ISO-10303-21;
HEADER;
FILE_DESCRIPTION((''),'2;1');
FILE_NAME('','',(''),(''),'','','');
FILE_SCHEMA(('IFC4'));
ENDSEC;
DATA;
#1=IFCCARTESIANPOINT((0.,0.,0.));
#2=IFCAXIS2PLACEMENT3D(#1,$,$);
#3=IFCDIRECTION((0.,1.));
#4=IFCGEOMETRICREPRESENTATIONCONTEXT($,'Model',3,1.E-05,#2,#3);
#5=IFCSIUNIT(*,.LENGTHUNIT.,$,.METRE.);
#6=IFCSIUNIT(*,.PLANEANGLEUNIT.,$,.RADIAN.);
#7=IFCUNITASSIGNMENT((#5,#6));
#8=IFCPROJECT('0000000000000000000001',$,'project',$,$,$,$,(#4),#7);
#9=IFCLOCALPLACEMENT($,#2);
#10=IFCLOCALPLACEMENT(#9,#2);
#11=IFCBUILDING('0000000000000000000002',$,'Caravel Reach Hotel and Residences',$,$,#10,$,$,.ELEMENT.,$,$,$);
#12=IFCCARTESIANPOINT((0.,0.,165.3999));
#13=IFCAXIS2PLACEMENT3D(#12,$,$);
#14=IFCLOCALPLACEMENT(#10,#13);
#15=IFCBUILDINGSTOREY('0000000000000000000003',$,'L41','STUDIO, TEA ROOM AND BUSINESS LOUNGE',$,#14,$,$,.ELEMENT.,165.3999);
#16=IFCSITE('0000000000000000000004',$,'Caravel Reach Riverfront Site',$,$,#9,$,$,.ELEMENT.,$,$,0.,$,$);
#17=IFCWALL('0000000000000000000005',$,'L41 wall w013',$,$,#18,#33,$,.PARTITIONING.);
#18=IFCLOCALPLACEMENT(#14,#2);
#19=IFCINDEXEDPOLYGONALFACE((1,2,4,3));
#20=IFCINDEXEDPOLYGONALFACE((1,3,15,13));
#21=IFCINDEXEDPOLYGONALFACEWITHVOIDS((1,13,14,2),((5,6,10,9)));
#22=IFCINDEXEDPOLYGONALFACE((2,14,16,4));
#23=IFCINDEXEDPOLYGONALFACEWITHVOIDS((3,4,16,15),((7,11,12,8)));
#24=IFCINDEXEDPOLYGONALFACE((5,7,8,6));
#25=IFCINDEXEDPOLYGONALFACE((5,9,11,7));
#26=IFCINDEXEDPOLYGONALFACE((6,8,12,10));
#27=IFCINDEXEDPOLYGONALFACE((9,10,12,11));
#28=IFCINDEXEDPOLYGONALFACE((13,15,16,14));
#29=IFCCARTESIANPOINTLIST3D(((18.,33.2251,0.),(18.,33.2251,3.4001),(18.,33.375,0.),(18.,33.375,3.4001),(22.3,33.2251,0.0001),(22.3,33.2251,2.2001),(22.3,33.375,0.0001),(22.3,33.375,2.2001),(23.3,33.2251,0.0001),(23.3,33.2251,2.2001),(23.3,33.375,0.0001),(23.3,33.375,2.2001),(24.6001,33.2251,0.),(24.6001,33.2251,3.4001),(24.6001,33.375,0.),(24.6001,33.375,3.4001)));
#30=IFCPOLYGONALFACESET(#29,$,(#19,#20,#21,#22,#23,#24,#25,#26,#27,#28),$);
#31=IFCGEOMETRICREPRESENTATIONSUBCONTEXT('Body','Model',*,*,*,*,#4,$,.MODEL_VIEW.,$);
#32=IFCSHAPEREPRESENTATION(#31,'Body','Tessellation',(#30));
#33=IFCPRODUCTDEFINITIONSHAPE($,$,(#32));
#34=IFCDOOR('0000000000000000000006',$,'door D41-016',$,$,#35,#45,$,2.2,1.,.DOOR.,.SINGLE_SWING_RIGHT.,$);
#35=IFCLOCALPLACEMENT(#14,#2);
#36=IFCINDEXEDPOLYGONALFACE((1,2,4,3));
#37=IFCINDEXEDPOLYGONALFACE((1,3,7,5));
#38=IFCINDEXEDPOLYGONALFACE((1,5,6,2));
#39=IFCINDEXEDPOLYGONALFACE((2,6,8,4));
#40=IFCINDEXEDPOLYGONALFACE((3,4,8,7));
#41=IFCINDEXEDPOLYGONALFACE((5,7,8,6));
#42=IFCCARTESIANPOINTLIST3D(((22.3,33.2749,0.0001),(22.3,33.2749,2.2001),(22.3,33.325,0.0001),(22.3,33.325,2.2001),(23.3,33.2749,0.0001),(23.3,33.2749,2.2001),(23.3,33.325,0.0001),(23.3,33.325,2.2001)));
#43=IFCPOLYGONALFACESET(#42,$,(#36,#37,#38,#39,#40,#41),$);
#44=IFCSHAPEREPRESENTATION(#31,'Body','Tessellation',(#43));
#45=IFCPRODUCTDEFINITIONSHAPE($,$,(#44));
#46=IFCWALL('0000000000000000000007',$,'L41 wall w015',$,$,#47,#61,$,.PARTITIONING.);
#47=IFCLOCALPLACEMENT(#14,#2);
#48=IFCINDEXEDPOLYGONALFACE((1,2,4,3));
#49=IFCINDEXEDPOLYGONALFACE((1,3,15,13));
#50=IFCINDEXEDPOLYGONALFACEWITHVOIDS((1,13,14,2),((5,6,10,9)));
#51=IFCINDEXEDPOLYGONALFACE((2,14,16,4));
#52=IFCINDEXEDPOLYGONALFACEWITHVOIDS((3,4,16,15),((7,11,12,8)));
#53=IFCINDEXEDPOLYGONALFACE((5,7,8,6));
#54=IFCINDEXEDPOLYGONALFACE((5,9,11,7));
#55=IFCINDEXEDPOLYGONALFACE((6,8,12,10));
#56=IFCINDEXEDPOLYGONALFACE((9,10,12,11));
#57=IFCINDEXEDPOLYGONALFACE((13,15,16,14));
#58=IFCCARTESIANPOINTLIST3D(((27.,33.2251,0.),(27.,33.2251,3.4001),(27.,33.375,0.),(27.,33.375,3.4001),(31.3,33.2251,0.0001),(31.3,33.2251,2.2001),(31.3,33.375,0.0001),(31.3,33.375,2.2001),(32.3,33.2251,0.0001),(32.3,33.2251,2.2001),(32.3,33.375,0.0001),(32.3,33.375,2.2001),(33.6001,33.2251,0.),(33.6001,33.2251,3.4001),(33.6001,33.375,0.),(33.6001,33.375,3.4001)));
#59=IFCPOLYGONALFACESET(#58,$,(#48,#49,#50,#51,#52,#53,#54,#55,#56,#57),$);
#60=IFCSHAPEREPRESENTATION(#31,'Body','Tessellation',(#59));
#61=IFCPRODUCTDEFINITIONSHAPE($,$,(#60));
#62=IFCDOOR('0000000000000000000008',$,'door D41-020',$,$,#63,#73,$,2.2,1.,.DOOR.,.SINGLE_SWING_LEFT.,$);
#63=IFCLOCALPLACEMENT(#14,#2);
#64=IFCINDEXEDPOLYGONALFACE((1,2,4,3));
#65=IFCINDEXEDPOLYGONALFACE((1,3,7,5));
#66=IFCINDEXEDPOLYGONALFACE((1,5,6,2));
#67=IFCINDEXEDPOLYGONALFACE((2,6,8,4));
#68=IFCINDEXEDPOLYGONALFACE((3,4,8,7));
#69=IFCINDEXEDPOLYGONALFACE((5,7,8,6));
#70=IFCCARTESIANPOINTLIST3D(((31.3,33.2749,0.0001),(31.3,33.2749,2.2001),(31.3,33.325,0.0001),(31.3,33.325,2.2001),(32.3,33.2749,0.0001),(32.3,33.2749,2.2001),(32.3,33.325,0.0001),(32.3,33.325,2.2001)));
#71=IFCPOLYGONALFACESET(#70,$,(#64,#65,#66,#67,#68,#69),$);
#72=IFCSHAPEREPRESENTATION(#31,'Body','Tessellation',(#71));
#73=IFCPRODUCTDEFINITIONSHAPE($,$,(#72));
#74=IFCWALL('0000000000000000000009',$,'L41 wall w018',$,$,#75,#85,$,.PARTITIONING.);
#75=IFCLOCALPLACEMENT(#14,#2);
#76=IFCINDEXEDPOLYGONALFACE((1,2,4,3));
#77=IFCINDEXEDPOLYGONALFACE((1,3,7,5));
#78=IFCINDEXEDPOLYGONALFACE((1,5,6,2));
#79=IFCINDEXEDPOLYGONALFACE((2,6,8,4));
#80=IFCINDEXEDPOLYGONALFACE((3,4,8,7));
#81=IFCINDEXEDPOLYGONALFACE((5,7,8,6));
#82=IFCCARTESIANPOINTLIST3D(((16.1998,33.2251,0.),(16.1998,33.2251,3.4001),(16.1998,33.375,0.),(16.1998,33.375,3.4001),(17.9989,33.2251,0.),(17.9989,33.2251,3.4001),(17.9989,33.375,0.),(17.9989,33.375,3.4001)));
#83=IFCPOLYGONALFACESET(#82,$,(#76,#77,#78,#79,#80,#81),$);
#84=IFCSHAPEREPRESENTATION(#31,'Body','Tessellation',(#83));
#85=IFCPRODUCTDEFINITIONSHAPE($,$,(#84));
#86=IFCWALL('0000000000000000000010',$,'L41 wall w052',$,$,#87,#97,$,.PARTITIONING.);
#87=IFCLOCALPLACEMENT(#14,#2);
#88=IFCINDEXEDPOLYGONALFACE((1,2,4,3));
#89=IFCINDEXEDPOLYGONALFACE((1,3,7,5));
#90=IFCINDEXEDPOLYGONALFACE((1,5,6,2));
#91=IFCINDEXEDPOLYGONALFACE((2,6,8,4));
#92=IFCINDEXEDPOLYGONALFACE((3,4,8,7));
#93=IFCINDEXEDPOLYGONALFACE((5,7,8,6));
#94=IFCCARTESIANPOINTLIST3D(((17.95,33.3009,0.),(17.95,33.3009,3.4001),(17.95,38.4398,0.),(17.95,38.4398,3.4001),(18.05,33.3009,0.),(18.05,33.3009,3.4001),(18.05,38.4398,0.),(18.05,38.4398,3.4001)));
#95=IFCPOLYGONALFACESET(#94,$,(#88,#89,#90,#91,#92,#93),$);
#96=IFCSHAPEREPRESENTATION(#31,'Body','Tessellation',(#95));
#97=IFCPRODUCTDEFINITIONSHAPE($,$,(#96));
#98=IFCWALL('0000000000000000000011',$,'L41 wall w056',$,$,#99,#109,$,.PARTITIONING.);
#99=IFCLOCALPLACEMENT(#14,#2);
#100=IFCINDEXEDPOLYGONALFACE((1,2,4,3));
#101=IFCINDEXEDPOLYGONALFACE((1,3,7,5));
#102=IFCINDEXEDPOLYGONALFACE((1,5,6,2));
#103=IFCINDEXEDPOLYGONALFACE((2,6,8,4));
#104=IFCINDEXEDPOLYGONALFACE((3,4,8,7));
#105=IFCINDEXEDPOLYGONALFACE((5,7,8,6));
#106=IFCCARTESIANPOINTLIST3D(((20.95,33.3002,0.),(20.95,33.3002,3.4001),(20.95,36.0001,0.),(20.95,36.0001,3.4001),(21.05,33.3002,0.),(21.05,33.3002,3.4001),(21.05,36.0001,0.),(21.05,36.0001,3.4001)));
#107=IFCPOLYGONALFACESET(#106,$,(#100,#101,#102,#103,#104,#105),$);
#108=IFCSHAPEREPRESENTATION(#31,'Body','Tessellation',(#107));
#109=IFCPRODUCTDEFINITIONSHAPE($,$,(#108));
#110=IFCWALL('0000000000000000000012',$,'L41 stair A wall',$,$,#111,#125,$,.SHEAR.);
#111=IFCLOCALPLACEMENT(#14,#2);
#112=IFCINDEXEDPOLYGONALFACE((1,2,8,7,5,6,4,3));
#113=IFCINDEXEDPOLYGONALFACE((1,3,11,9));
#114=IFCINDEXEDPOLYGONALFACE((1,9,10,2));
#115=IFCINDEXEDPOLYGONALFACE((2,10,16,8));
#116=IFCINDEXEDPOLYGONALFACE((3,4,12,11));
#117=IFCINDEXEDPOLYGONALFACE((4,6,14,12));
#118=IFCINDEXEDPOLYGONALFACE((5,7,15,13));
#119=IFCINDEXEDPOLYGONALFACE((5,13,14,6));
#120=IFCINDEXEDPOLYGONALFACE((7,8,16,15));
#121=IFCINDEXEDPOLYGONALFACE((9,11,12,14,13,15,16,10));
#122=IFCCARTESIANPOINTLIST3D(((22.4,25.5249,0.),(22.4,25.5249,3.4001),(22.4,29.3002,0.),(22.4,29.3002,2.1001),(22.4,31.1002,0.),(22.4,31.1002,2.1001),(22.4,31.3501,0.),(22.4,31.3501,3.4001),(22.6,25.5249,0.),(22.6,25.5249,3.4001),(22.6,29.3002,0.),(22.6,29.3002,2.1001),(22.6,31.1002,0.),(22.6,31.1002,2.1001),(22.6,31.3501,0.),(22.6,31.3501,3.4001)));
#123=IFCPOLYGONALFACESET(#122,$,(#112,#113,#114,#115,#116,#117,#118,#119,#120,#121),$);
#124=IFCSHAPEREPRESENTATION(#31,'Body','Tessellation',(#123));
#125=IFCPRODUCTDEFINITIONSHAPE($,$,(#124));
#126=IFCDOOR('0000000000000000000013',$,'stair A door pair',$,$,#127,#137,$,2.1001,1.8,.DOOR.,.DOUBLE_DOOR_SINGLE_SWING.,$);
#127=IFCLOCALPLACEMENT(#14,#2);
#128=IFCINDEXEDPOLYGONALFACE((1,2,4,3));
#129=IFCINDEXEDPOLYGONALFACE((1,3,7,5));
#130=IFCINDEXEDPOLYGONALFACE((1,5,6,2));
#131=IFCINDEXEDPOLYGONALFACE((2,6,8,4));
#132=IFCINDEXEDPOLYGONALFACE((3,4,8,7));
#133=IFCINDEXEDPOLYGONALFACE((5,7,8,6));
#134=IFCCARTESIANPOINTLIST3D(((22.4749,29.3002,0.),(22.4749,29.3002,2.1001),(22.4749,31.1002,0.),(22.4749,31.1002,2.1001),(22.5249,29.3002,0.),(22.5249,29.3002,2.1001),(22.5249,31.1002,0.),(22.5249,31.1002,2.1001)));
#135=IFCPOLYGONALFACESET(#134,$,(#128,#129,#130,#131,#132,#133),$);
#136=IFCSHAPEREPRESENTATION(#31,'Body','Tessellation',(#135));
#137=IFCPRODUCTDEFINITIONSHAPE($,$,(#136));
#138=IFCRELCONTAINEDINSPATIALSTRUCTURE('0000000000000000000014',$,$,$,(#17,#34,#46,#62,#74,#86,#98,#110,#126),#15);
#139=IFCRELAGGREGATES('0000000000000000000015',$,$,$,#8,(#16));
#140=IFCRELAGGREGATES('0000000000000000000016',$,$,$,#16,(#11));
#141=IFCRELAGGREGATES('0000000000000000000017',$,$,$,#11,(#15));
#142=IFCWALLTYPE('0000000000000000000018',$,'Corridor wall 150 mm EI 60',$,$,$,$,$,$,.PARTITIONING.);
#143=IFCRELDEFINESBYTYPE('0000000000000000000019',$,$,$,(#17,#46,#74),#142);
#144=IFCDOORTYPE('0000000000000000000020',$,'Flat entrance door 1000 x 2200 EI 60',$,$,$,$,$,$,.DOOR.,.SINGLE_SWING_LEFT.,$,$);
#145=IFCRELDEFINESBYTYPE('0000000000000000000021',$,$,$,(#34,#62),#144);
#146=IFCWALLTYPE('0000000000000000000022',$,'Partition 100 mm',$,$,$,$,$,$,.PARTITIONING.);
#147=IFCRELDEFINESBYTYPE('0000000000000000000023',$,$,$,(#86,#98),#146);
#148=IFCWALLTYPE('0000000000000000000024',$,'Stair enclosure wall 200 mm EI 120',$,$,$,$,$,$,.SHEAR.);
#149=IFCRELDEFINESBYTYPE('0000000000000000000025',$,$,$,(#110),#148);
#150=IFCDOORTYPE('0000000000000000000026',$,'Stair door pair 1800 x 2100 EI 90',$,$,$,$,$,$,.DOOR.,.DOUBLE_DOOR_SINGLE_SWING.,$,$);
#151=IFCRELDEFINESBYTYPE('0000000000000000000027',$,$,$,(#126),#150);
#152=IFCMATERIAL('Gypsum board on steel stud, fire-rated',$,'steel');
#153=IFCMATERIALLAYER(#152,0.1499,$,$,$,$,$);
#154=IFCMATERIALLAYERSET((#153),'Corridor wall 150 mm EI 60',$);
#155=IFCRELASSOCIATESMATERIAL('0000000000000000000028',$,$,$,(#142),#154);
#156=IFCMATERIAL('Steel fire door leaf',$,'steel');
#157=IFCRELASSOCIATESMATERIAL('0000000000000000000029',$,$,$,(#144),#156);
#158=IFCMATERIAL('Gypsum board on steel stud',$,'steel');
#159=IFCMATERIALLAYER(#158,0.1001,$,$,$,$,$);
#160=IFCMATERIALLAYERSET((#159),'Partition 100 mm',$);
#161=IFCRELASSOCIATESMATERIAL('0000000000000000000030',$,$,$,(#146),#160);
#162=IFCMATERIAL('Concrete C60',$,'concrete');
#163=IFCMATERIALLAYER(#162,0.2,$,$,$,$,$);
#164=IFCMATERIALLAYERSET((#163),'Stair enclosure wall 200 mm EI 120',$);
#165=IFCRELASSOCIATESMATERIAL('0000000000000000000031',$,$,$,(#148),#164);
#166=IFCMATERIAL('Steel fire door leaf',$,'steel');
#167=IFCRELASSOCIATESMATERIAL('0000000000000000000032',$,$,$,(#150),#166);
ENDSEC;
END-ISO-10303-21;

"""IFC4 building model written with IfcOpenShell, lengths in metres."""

from ifc_helpers import new_model, si_unit, direction, frame, frame_2d, origin, place, context, subcontext, project, spatial, rectangle, extrude, material, layer, layer_set, type_object, element, fill, save


model = new_model("IFC4")

# Units and contexts
model_context = context("Model", 3, precision=1e-05, world=origin(), true_north=direction((0.0, 1.0)))
body_context = subcontext(model_context, "Body", "Model", "MODEL_VIEW")
ifc_project = project(units=[si_unit("LENGTHUNIT", "METRE"), si_unit("PLANEANGLEUNIT", "RADIAN")], contexts=[model_context])

# Site, building, storey
site_placement = place(None, origin())
site = spatial("IfcSite", under=ifc_project, at=site_placement, Name="Caravel Reach Riverfront Site", CompositionType="ELEMENT", RefElevation=0.0)
building_placement = place(site_placement, origin())
building = spatial("IfcBuilding", under=site, at=building_placement, Name="Caravel Reach Hotel and Residences", CompositionType="ELEMENT")
storey_placement = place(building_placement, frame((0.0, 0.0, 165.3999)))
storey = spatial("IfcBuildingStorey", under=building, at=storey_placement, Name="L41", Description="STUDIO, TEA ROOM AND BUSINESS LOUNGE", CompositionType="ELEMENT", Elevation=165.3999)

# Walls, openings, doors
ifc_material_1 = material(Name="Gypsum board on steel stud, fire-rated", Category="steel")
ifc_layer_1 = layer(ifc_material_1, 0.1499)
ifc_layer_set_1 = layer_set([ifc_layer_1], Name="Corridor wall 150 mm EI 60")
wall_type_1 = type_object("IfcWallType", Name="Corridor wall 150 mm EI 60", PredefinedType="PARTITIONING", material=ifc_layer_set_1)
wall_1_placement = place(storey_placement, frame((18.0, 33.3, 0.0), z_axis=(0.0, 0.0, 1.0), x_axis=(1.0, 0.0, 0.0)))
wall_1 = element("IfcWall", 1, at=wall_1_placement, inside=storey, type_object=wall_type_1, Name="L41 wall w013", PredefinedType="PARTITIONING", context=body_context, shape_type="SweptSolid", body=[
    extrude(rectangle(XDim=6.6001, YDim=0.1499, at=frame_2d((3.3, 0.0))), origin(), (0.0, 0.0, 1.0), 3.4001),
])
opening_1_placement = place(wall_1_placement, frame((4.3, 0.0, 0.0)))
opening_1 = element("IfcOpeningElement", 2, at=opening_1_placement, cuts=wall_1, PredefinedType="OPENING", context=body_context, shape_type="SweptSolid", body=[
    extrude(rectangle(XDim=1.0, YDim=2.2, at=frame_2d((0.5, 1.1001))), frame((0.0, 0.085, 0.0), z_axis=(0.0, -1.0, 0.0), x_axis=(1.0, 0.0, 0.0)), (0.0, 0.0, 1.0), 0.1699),
])
ifc_material_2 = material(Name="Steel fire door leaf", Category="steel")
door_type_1 = type_object("IfcDoorType", Name="Flat entrance door 1000 x 2200 EI 60", OperationType="SINGLE_SWING_LEFT", PredefinedType="DOOR", material=ifc_material_2)
door_1_placement = place(opening_1_placement, origin())
door_1 = element("IfcDoor", 3, at=door_1_placement, inside=storey, type_object=door_type_1, Name="door D41-016", OperationType="SINGLE_SWING_RIGHT", OverallHeight=2.2, OverallWidth=1.0, PredefinedType="DOOR", context=body_context, shape_type="SweptSolid", body=[
    extrude(rectangle(XDim=1.0, YDim=2.2, at=frame_2d((0.5, 1.1001))), frame((0.0, 0.0249, 0.0), z_axis=(0.0, -1.0, 0.0), x_axis=(1.0, 0.0, 0.0)), (0.0, 0.0, 1.0), 0.05),
])
fill(opening_1, door_1)
wall_2_placement = place(storey_placement, frame((27.0, 33.3, 0.0), z_axis=(0.0, 0.0, 1.0), x_axis=(1.0, 0.0, 0.0)))
wall_2 = element("IfcWall", 4, at=wall_2_placement, inside=storey, type_object=wall_type_1, Name="L41 wall w015", PredefinedType="PARTITIONING", context=body_context, shape_type="SweptSolid", body=[
    extrude(rectangle(XDim=6.6001, YDim=0.1499, at=frame_2d((3.3, 0.0))), origin(), (0.0, 0.0, 1.0), 3.4001),
])
opening_2_placement = place(wall_2_placement, frame((4.3, 0.0, 0.0)))
opening_2 = element("IfcOpeningElement", 5, at=opening_2_placement, cuts=wall_2, PredefinedType="OPENING", context=body_context, shape_type="SweptSolid", body=[
    extrude(rectangle(XDim=1.0, YDim=2.2, at=frame_2d((0.5, 1.1001))), frame((0.0, 0.085, 0.0), z_axis=(0.0, -1.0, 0.0), x_axis=(1.0, 0.0, 0.0)), (0.0, 0.0, 1.0), 0.1699),
])
door_2_placement = place(opening_2_placement, origin())
door_2 = element("IfcDoor", 6, at=door_2_placement, inside=storey, type_object=door_type_1, Name="door D41-020", OperationType="SINGLE_SWING_LEFT", OverallHeight=2.2, OverallWidth=1.0, PredefinedType="DOOR", context=body_context, shape_type="SweptSolid", body=[
    extrude(rectangle(XDim=1.0, YDim=2.2, at=frame_2d((0.5, 1.1001))), frame((0.0, 0.0249, 0.0), z_axis=(0.0, -1.0, 0.0), x_axis=(1.0, 0.0, 0.0)), (0.0, 0.0, 1.0), 0.05),
])
fill(opening_2, door_2)

# Walls
wall_3_placement = place(storey_placement, frame((16.2, 33.3, 0.0), z_axis=(0.0, 0.0, 1.0), x_axis=(1.0, 0.0, 0.0)))
element("IfcWall", 7, at=wall_3_placement, inside=storey, type_object=wall_type_1, Name="L41 wall w018", PredefinedType="PARTITIONING", context=body_context, shape_type="SweptSolid", body=[
    extrude(rectangle(XDim=1.7991, YDim=0.1499, at=frame_2d((0.8994, 0.0))), origin(), (0.0, 0.0, 1.0), 3.4001),
])
ifc_material_3 = material(Name="Gypsum board on steel stud", Category="steel")
ifc_layer_2 = layer(ifc_material_3, 0.1001)
ifc_layer_set_2 = layer_set([ifc_layer_2], Name="Partition 100 mm")
wall_type_2 = type_object("IfcWallType", Name="Partition 100 mm", PredefinedType="PARTITIONING", material=ifc_layer_set_2)
wall_4_placement = place(storey_placement, frame((18.0, 33.301, 0.0), z_axis=(0.0, 0.0, 1.0), x_axis=(0.0, 1.0, 0.0)))
element("IfcWall", 8, at=wall_4_placement, inside=storey, type_object=wall_type_2, Name="L41 wall w052", PredefinedType="PARTITIONING", context=body_context, shape_type="SweptSolid", body=[
    extrude(rectangle(XDim=5.1389, YDim=0.1001, at=frame_2d((2.5693, 0.0))), origin(), (0.0, 0.0, 1.0), 3.4001),
])
wall_5_placement = place(storey_placement, frame((21.0, 33.3, 0.0), z_axis=(0.0, 0.0, 1.0), x_axis=(0.0, 1.0, 0.0)))
element("IfcWall", 9, at=wall_5_placement, inside=storey, type_object=wall_type_2, Name="L41 wall w056", PredefinedType="PARTITIONING", context=body_context, shape_type="SweptSolid", body=[
    extrude(rectangle(XDim=2.7, YDim=0.1001, at=frame_2d((1.3501, 0.0))), origin(), (0.0, 0.0, 1.0), 3.4001),
])

# Wall, opening, door
ifc_material_4 = material(Name="Concrete C60", Category="concrete")
ifc_layer_3 = layer(ifc_material_4, 0.2)
ifc_layer_set_3 = layer_set([ifc_layer_3], Name="Stair enclosure wall 200 mm EI 120")
wall_type_3 = type_object("IfcWallType", Name="Stair enclosure wall 200 mm EI 120", PredefinedType="SHEAR", material=ifc_layer_set_3)
wall_6_placement = place(storey_placement, frame((22.5, 31.3501, 0.0), z_axis=(0.0, 0.0, 1.0), x_axis=(0.0, -1.0, 0.0)))
wall_6 = element("IfcWall", 10, at=wall_6_placement, inside=storey, type_object=wall_type_3, Name="L41 stair A wall", PredefinedType="SHEAR", context=body_context, shape_type="SweptSolid", body=[
    extrude(rectangle(XDim=5.8252, YDim=0.2, at=frame_2d((2.9126, 0.0))), origin(), (0.0, 0.0, 1.0), 3.4001),
])
opening_3_placement = place(wall_6_placement, frame((0.25, 0.0, 0.0)))
opening_3 = element("IfcOpeningElement", 11, at=opening_3_placement, cuts=wall_6, PredefinedType="OPENING", context=body_context, shape_type="SweptSolid", body=[
    extrude(rectangle(XDim=1.8, YDim=2.1001, at=frame_2d((0.8999, 1.05))), frame((0.0, 0.1099, 0.0), z_axis=(0.0, -1.0, 0.0), x_axis=(1.0, 0.0, 0.0)), (0.0, 0.0, 1.0), 0.22),
])
ifc_material_5 = material(Name="Steel fire door leaf", Category="steel")
door_type_2 = type_object("IfcDoorType", Name="Stair door pair 1800 x 2100 EI 90", OperationType="DOUBLE_DOOR_SINGLE_SWING", PredefinedType="DOOR", material=ifc_material_5)
door_3_placement = place(opening_3_placement, origin())
door_3 = element("IfcDoor", 12, at=door_3_placement, inside=storey, type_object=door_type_2, Name="stair A door pair", OperationType="DOUBLE_DOOR_SINGLE_SWING", OverallHeight=2.1001, OverallWidth=1.8, PredefinedType="DOOR", context=body_context, shape_type="SweptSolid", body=[
    extrude(rectangle(XDim=1.8, YDim=2.1001, at=frame_2d((0.8999, 1.05))), frame((0.0, 0.0249, 0.0), z_axis=(0.0, -1.0, 0.0), x_axis=(1.0, 0.0, 0.0)), (0.0, 0.0, 1.0), 0.05),
])
fill(opening_3, door_3)

save(model, "model.ifc")
